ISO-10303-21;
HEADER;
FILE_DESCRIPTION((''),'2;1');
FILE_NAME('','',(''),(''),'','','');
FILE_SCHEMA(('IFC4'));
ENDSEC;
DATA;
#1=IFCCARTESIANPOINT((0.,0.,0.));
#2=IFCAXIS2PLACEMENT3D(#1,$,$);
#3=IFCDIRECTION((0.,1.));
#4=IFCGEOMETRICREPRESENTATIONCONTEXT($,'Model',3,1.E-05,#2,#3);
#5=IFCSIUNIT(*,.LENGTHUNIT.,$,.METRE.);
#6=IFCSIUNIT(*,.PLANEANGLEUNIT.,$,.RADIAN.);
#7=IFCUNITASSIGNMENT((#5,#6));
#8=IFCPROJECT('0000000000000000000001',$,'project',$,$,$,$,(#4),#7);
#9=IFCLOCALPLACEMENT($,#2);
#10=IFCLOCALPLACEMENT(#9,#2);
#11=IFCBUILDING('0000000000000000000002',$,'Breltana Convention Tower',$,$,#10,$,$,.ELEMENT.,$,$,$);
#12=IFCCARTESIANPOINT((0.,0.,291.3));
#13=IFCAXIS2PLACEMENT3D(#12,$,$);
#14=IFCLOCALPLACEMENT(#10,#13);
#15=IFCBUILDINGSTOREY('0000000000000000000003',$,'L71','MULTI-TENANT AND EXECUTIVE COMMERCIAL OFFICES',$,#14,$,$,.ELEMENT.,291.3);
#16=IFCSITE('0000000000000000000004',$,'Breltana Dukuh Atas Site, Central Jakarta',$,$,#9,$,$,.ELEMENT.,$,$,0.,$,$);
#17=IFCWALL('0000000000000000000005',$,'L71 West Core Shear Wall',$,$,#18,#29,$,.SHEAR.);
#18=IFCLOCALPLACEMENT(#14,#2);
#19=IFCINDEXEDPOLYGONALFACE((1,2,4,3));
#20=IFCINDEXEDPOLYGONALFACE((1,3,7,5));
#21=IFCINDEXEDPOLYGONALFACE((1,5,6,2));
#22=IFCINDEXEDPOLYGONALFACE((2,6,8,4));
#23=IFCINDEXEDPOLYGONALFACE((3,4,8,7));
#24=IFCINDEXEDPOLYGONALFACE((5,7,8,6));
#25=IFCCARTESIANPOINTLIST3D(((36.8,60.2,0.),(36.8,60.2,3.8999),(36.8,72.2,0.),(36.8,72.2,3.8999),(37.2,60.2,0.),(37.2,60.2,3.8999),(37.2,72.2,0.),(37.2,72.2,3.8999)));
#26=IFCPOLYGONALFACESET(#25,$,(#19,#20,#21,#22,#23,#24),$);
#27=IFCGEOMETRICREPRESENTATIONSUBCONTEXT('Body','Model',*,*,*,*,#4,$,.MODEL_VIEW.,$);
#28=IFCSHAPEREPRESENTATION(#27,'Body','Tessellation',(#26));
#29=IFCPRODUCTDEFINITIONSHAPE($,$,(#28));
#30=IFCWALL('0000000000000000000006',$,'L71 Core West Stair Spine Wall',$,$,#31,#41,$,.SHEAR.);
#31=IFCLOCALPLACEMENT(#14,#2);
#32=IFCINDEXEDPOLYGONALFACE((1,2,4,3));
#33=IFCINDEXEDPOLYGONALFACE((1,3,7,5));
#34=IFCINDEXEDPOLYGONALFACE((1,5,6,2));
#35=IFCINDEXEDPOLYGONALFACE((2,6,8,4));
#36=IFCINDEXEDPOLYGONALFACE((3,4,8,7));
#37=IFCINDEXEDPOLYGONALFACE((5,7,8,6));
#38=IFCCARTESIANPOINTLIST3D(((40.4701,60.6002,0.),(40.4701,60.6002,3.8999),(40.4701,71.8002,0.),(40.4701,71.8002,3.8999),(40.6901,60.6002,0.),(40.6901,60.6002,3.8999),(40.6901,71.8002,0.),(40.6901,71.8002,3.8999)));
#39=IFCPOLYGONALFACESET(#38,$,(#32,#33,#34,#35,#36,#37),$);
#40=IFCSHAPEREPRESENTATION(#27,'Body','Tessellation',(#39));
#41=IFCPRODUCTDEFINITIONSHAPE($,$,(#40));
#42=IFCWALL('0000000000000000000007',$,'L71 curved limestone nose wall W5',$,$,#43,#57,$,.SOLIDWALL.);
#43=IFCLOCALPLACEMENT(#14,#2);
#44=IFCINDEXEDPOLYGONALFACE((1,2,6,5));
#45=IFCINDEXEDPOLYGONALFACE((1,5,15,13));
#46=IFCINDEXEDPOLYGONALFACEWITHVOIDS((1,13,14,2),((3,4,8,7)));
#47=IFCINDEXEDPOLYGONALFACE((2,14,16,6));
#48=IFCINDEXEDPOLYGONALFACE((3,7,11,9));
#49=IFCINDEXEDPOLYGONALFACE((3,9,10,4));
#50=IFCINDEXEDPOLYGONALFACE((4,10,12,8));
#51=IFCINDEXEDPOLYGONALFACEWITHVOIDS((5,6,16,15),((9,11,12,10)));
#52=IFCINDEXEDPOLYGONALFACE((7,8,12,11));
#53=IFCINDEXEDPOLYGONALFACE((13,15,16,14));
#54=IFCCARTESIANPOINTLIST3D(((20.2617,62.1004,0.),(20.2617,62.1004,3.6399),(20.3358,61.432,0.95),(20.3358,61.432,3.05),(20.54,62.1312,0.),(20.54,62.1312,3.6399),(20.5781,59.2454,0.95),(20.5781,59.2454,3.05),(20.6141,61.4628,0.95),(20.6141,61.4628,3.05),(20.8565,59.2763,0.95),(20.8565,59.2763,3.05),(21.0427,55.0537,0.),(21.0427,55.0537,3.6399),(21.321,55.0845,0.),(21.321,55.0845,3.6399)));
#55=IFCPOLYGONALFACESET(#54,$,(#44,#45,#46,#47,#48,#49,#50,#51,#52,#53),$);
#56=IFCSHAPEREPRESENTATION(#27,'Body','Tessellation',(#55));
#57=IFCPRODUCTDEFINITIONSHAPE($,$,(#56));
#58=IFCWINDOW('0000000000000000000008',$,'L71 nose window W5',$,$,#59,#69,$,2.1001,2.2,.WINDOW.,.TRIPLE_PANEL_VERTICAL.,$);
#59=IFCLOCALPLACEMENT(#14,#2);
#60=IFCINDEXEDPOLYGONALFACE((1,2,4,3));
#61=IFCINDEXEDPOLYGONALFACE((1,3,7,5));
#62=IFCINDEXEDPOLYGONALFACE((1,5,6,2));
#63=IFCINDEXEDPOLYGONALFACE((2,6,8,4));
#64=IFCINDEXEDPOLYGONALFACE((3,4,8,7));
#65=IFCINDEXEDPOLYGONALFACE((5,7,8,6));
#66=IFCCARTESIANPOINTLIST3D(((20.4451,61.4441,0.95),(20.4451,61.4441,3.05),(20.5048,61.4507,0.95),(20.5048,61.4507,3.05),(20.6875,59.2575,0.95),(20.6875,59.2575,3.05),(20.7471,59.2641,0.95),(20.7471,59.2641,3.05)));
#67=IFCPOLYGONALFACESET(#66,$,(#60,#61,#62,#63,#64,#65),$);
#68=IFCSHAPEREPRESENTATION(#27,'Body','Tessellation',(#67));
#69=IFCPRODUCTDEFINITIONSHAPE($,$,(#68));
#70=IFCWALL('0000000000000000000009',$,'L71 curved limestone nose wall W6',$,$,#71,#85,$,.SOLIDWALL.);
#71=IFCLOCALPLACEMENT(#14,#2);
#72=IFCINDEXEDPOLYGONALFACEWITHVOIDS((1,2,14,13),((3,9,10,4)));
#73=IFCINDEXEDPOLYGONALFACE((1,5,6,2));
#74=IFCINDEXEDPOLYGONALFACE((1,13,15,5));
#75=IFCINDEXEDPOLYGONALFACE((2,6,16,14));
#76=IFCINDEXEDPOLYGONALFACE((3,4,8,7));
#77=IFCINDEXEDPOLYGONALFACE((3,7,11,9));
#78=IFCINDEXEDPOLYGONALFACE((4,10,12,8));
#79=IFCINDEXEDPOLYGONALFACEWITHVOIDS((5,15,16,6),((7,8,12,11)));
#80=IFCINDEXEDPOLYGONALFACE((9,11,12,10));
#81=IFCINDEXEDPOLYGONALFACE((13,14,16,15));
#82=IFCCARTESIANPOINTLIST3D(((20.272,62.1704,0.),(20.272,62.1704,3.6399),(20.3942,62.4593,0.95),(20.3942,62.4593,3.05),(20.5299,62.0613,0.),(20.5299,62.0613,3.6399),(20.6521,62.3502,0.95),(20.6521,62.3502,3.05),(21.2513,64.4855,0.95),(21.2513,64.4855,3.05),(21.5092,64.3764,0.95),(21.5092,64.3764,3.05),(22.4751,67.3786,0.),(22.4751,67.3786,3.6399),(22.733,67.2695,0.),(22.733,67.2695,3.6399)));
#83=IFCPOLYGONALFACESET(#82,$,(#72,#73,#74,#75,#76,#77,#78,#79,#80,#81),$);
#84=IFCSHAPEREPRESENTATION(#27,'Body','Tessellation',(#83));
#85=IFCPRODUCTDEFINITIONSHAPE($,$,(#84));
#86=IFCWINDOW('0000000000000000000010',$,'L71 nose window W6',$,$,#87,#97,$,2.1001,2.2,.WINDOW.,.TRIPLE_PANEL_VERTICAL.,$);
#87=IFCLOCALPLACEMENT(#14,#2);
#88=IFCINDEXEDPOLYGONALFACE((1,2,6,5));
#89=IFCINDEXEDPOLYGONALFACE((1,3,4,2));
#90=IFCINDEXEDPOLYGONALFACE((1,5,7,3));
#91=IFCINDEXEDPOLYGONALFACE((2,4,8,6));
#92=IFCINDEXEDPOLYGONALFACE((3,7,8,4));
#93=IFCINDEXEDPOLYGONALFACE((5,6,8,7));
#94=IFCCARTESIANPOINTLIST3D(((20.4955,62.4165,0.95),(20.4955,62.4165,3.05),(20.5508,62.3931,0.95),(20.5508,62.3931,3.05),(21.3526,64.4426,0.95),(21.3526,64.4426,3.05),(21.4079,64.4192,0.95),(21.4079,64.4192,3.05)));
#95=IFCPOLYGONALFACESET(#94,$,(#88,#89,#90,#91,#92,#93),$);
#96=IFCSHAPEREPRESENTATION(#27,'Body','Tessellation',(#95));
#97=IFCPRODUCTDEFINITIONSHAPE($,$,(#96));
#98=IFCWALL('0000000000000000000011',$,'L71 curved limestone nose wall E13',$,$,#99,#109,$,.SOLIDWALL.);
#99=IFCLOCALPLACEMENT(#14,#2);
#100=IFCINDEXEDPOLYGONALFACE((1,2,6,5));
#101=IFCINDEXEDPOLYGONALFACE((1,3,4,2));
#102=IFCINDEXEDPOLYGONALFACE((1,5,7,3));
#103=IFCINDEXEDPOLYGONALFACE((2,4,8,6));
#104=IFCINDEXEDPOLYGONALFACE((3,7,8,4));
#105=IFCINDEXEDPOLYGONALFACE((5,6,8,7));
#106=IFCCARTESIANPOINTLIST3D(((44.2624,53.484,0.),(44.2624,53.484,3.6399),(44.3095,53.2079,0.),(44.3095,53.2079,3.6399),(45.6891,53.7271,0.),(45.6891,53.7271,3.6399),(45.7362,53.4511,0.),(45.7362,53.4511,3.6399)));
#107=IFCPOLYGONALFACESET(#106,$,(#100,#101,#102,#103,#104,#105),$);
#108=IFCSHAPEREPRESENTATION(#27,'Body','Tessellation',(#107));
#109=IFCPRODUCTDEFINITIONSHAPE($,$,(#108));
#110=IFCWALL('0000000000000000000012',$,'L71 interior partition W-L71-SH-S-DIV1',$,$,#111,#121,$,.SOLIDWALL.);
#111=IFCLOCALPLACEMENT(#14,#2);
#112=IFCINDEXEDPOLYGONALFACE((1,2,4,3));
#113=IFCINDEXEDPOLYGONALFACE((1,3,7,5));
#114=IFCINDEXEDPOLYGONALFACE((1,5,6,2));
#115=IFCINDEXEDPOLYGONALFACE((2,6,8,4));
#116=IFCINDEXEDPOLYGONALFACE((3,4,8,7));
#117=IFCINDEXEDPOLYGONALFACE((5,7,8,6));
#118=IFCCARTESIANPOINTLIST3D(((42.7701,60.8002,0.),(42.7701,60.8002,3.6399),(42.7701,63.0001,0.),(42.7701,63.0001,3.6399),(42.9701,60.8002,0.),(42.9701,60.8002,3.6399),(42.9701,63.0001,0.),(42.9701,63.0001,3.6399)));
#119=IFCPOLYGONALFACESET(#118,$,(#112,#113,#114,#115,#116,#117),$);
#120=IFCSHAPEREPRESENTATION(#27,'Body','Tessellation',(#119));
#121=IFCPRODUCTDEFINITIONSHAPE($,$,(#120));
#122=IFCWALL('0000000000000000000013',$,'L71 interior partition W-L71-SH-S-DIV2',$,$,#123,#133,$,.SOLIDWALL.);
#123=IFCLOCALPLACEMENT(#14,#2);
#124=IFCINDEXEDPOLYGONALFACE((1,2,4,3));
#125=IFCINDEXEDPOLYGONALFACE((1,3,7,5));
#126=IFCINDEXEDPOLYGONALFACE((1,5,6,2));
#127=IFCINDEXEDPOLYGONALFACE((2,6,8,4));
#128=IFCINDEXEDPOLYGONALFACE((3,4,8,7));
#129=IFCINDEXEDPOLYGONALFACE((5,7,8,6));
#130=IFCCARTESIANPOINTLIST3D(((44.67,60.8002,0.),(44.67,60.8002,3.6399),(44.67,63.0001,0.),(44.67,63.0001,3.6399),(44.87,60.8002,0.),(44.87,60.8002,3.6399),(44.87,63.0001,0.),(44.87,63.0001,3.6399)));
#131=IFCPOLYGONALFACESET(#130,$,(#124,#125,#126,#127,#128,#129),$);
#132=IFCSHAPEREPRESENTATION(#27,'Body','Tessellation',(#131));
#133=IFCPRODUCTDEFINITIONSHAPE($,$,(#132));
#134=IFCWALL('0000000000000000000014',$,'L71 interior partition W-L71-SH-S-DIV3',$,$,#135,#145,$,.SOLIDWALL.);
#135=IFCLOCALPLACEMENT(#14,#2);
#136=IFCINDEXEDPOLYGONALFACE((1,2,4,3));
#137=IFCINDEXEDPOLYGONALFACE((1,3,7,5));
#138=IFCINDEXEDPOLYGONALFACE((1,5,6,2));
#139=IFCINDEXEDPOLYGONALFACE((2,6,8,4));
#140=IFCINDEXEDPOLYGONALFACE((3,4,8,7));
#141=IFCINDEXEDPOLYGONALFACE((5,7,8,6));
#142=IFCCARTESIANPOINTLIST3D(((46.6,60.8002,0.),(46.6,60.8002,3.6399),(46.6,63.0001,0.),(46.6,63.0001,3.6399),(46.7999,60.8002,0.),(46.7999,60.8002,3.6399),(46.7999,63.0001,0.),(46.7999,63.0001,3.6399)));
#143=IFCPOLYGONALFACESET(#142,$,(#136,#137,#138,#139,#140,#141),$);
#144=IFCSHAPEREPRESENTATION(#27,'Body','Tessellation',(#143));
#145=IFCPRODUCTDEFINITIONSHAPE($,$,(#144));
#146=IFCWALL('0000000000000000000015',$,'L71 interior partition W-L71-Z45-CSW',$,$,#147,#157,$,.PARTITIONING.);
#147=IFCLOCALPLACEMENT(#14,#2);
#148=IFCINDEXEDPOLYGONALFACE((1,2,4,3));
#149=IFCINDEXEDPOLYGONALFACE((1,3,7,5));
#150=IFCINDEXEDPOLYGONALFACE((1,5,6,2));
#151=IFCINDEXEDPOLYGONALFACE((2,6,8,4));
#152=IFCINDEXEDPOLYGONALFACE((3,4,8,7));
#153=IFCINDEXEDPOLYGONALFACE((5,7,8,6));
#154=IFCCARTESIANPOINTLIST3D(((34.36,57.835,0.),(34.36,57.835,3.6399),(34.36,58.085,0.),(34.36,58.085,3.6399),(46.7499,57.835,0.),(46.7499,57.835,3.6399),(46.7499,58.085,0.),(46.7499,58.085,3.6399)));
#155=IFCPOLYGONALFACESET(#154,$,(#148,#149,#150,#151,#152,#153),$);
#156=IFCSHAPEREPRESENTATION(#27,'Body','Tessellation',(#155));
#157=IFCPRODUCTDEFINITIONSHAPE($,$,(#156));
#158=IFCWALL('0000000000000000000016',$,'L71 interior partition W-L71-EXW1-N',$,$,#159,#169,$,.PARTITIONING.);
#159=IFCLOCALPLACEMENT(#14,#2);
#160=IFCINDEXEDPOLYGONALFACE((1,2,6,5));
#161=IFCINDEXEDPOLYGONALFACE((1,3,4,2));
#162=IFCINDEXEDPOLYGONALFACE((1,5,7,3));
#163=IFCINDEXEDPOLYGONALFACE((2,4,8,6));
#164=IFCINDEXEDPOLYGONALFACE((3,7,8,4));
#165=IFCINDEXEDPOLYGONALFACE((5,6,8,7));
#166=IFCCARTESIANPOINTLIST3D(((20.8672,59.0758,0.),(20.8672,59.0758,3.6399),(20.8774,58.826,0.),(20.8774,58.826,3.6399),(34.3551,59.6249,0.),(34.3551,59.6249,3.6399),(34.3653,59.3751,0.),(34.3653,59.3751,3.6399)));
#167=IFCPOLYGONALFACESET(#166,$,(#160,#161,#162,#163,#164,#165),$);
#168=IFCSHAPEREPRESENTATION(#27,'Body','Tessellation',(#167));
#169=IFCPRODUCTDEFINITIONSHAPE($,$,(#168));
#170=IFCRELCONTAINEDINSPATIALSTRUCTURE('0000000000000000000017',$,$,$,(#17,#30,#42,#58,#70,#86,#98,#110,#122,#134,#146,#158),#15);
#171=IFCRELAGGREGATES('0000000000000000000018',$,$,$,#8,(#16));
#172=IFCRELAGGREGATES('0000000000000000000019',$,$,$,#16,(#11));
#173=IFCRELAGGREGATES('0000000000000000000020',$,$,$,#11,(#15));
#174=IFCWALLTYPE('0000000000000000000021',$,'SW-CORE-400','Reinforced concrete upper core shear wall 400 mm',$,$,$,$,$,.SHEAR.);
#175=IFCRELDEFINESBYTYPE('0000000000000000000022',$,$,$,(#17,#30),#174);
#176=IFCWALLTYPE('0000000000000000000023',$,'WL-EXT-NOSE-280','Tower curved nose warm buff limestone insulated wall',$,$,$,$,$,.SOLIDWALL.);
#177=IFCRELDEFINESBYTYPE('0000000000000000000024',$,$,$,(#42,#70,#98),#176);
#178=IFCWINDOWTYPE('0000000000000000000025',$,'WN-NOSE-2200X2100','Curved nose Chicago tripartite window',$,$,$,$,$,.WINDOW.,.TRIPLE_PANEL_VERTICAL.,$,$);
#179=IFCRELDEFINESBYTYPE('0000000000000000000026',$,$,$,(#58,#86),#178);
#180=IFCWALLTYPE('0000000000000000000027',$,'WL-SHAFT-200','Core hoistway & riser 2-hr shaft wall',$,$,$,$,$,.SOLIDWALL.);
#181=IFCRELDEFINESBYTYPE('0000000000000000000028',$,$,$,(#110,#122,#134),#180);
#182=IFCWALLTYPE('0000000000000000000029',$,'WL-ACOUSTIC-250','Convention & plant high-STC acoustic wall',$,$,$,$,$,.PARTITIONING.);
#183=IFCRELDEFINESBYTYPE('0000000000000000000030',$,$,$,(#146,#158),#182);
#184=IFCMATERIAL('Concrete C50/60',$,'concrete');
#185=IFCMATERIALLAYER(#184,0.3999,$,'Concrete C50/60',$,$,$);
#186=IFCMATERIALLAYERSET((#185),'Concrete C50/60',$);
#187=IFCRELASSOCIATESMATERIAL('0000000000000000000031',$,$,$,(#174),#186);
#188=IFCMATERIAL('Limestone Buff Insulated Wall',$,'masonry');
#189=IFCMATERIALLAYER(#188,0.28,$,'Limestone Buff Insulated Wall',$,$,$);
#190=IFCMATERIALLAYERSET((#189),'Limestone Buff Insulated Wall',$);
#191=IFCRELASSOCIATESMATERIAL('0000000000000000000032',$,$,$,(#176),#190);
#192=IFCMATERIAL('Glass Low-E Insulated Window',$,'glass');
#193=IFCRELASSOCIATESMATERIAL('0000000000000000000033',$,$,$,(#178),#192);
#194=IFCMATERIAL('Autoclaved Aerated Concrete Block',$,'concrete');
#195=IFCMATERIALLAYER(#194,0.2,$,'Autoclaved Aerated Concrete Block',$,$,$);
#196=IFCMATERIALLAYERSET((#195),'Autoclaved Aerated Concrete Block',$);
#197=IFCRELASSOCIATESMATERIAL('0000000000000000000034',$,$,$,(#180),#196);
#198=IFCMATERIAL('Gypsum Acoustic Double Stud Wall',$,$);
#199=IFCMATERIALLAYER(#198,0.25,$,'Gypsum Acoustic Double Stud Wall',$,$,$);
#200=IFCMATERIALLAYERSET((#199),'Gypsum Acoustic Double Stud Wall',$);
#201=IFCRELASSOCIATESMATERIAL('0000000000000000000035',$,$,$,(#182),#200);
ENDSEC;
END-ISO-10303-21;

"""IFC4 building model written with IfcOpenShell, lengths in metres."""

from ifc_helpers import new_model, si_unit, direction, frame, frame_2d, origin, place, context, subcontext, project, spatial, rectangle, extrude, source, transform, mapped, material, layer, layer_set, type_object, type_shapes, element, fill, save


model = new_model("IFC4")

# Units and contexts
model_context = context("Model", 3, precision=1e-05, world=origin(), true_north=direction((0.0, 1.0)))
body_context = subcontext(model_context, "Body", "Model", "MODEL_VIEW")
ifc_project = project(units=[si_unit("LENGTHUNIT", "METRE"), si_unit("PLANEANGLEUNIT", "RADIAN")], contexts=[model_context])

# Site, building, storey
site_placement = place(None, origin())
site = spatial("IfcSite", under=ifc_project, at=site_placement, Name="Breltana Dukuh Atas Site, Central Jakarta", CompositionType="ELEMENT", RefElevation=0.0)
building_placement = place(site_placement, origin())
building = spatial("IfcBuilding", under=site, at=building_placement, Name="Breltana Convention Tower", CompositionType="ELEMENT")
storey_placement = place(building_placement, frame((0.0, 0.0, 291.3)))
storey = spatial("IfcBuildingStorey", under=building, at=storey_placement, Name="L71", Description="MULTI-TENANT AND EXECUTIVE COMMERCIAL OFFICES", CompositionType="ELEMENT", Elevation=291.3)

# Wall
ifc_material_1 = material(Name="Concrete C50/60", Category="concrete")
ifc_layer_1 = layer(ifc_material_1, 0.3999, Name="Concrete C50/60")
ifc_layer_set_1 = layer_set([ifc_layer_1], Name="Concrete C50/60")
wall_type_1 = type_object("IfcWallType", Name="SW-CORE-400", Description="Reinforced concrete upper core shear wall 400 mm", PredefinedType="SHEAR", material=ifc_layer_set_1)
shared_shape_1 = source(origin(), body_context, "Body", "SweptSolid", [
    extrude(rectangle(XDim=12.0, YDim=0.3999, at=frame_2d((6.0, 0.0))), origin(), (0.0, 0.0, 1.0), 3.8999),
])
wall_1_placement = place(storey_placement, frame((37.0, 60.2, 0.0), z_axis=(0.0, 0.0, 1.0), x_axis=(0.0, 1.0, 0.0)))
element("IfcWall", 1, at=wall_1_placement, inside=storey, type_object=wall_type_1, Name="L71 West Core Shear Wall", PredefinedType="SHEAR", context=body_context, shape_type="MappedRepresentation", body=[
    mapped(shared_shape_1, transform((0.0, 0.0, 0.0), scale=1.0)),
])

# Wall
shared_shape_2 = source(origin(), body_context, "Body", "SweptSolid", [
    extrude(rectangle(XDim=11.2, YDim=0.22, at=frame_2d((5.6001, 0.0))), origin(), (0.0, 0.0, 1.0), 3.8999),
])
wall_2_placement = place(storey_placement, frame((40.5801, 60.6001, 0.0), z_axis=(0.0, 0.0, 1.0), x_axis=(0.0, 1.0, 0.0)))
element("IfcWall", 2, at=wall_2_placement, inside=storey, type_object=wall_type_1, Name="L71 Core West Stair Spine Wall", PredefinedType="SHEAR", context=body_context, shape_type="MappedRepresentation", body=[
    mapped(shared_shape_2, transform((0.0, 0.0, 0.0), scale=1.0)),
])

# Walls, openings, windows
ifc_material_2 = material(Name="Limestone Buff Insulated Wall", Category="masonry")
ifc_layer_2 = layer(ifc_material_2, 0.28, Name="Limestone Buff Insulated Wall")
ifc_layer_set_2 = layer_set([ifc_layer_2], Name="Limestone Buff Insulated Wall")
wall_type_2 = type_object("IfcWallType", Name="WL-EXT-NOSE-280", Description="Tower curved nose warm buff limestone insulated wall", PredefinedType="SOLIDWALL", material=ifc_layer_set_2)
shared_shape_3 = source(origin(), body_context, "Body", "SweptSolid", [
    extrude(rectangle(XDim=7.0898, YDim=0.28, at=frame_2d((3.5449, 0.0))), origin(), (0.0, 0.0, 1.0), 3.6399),
])
wall_3_placement = place(storey_placement, frame((21.1819, 55.0691, 0.0), z_axis=(0.0, 0.0, 1.0), x_axis=(-0.110159, 0.993914, 0.0)))
wall_3 = element("IfcWall", 3, at=wall_3_placement, inside=storey, type_object=wall_type_2, Name="L71 curved limestone nose wall W5", PredefinedType="SOLIDWALL", context=body_context, shape_type="MappedRepresentation", body=[
    mapped(shared_shape_3, transform((0.0, 0.0, 0.0), scale=1.0)),
])
opening_1_placement = place(wall_3_placement, frame((4.2173, 0.0, 0.95)))
opening_1 = element("IfcOpeningElement", 4, at=opening_1_placement, cuts=wall_3, PredefinedType="OPENING", context=body_context, shape_type="SweptSolid", body=[
    extrude(rectangle(XDim=2.2, YDim=2.1001, at=frame_2d((1.1001, 1.05))), frame((0.0, 0.1499, 0.0), z_axis=(0.0, -1.0, 0.0), x_axis=(1.0, 0.0, 0.0)), (0.0, 0.0, 1.0), 0.3),
])
ifc_material_3 = material(Name="Glass Low-E Insulated Window", Category="glass")
window_type = type_object("IfcWindowType", Name="WN-NOSE-2200X2100", Description="Curved nose Chicago tripartite window", PartitioningType="TRIPLE_PANEL_VERTICAL", PredefinedType="WINDOW", material=ifc_material_3)
shared_shape_4 = source(origin(), body_context, "Body", "SweptSolid", [
    extrude(rectangle(XDim=2.2, YDim=2.1001, at=frame_2d((1.1001, 1.05))), frame((0.0, 0.03, 0.0), z_axis=(0.0, -1.0, 0.0), x_axis=(1.0, 0.0, 0.0)), (0.0, 0.0, 1.0), 0.0601),
])
type_shapes(window_type, [shared_shape_4])
window_1_placement = place(opening_1_placement, origin())
window_1 = element("IfcWindow", 5, at=window_1_placement, inside=storey, type_object=window_type, Name="L71 nose window W5", OverallHeight=2.1001, OverallWidth=2.2, PartitioningType="TRIPLE_PANEL_VERTICAL", PredefinedType="WINDOW", context=body_context, shape_type="MappedRepresentation", body=[
    mapped(shared_shape_4, transform((0.0, 0.0, 0.0), scale=1.0)),
])
fill(opening_1, window_1)
shared_shape_5 = source(origin(), body_context, "Body", "SweptSolid", [
    extrude(rectangle(XDim=5.655, YDim=0.28, at=frame_2d((2.8276, 0.0))), origin(), (0.0, 0.0, 1.0), 3.6399),
])
wall_4_placement = place(storey_placement, frame((20.4009, 62.1157, 0.0), z_axis=(0.0, 0.0, 1.0), x_axis=(0.389585, 0.92099, 0.0)))
wall_4 = element("IfcWall", 6, at=wall_4_placement, inside=storey, type_object=wall_type_2, Name="L71 curved limestone nose wall W6", PredefinedType="SOLIDWALL", context=body_context, shape_type="MappedRepresentation", body=[
    mapped(shared_shape_5, transform((0.0, 0.0, 0.0), scale=1.0)),
])
opening_2_placement = place(wall_4_placement, frame((0.3137, 0.0, 0.95)))
opening_2 = element("IfcOpeningElement", 7, at=opening_2_placement, cuts=wall_4, PredefinedType="OPENING", context=body_context, shape_type="SweptSolid", body=[
    extrude(rectangle(XDim=2.2, YDim=2.1001, at=frame_2d((1.1001, 1.05))), frame((0.0, 0.1499, 0.0), z_axis=(0.0, -1.0, 0.0), x_axis=(1.0, 0.0, 0.0)), (0.0, 0.0, 1.0), 0.3),
])
window_2_placement = place(opening_2_placement, origin())
window_2 = element("IfcWindow", 8, at=window_2_placement, inside=storey, type_object=window_type, Name="L71 nose window W6", OverallHeight=2.1001, OverallWidth=2.2, PartitioningType="TRIPLE_PANEL_VERTICAL", PredefinedType="WINDOW", context=body_context, shape_type="MappedRepresentation", body=[
    mapped(shared_shape_4, transform((0.0, 0.0, 0.0), scale=1.0)),
])
fill(opening_2, window_2)

# Walls
shared_shape_6 = source(origin(), body_context, "Body", "SweptSolid", [
    extrude(rectangle(XDim=1.4473, YDim=0.28, at=frame_2d((0.7236, 0.0))), origin(), (0.0, 0.0, 1.0), 3.6399),
])
wall_5_placement = place(storey_placement, frame((45.7126, 53.5891, 0.0), z_axis=(0.0, 0.0, 1.0), x_axis=(-0.985786, -0.168009, 0.0)))
element("IfcWall", 9, at=wall_5_placement, inside=storey, type_object=wall_type_2, Name="L71 curved limestone nose wall E13", PredefinedType="SOLIDWALL", context=body_context, shape_type="MappedRepresentation", body=[
    mapped(shared_shape_6, transform((0.0, 0.0, 0.0), scale=1.0)),
])
ifc_material_4 = material(Name="Autoclaved Aerated Concrete Block", Category="concrete")
ifc_layer_3 = layer(ifc_material_4, 0.2, Name="Autoclaved Aerated Concrete Block")
ifc_layer_set_3 = layer_set([ifc_layer_3], Name="Autoclaved Aerated Concrete Block")
wall_type_3 = type_object("IfcWallType", Name="WL-SHAFT-200", Description="Core hoistway & riser 2-hr shaft wall", PredefinedType="SOLIDWALL", material=ifc_layer_set_3)
shared_shape_7 = source(origin(), body_context, "Body", "SweptSolid", [
    extrude(rectangle(XDim=2.2, YDim=0.2, at=frame_2d((1.1001, 0.0))), origin(), (0.0, 0.0, 1.0), 3.6399),
])
for number, where, z_axis, x_axis, name in (
    (10, (42.8701, 60.8, 0.0), (0.0, 0.0, 1.0), (0.0, 1.0, 0.0), "L71 interior partition W-L71-SH-S-DIV1"),
    (11, (44.77, 60.8, 0.0), (0.0, 0.0, 1.0), (0.0, 1.0, 0.0), "L71 interior partition W-L71-SH-S-DIV2"),
    (12, (46.7, 60.8, 0.0), (0.0, 0.0, 1.0), (0.0, 1.0, 0.0), "L71 interior partition W-L71-SH-S-DIV3"),
):
    element("IfcWall", number, at=place(storey_placement, frame(where, z_axis=z_axis, x_axis=x_axis)), inside=storey, type_object=wall_type_3, Name=name, PredefinedType="SOLIDWALL", context=body_context, shape_type="MappedRepresentation", body=[
        mapped(shared_shape_7, transform((0.0, 0.0, 0.0), scale=1.0)),
    ])
ifc_material_5 = material(Name="Gypsum Acoustic Double Stud Wall")
ifc_layer_4 = layer(ifc_material_5, 0.25, Name="Gypsum Acoustic Double Stud Wall")
ifc_layer_set_4 = layer_set([ifc_layer_4], Name="Gypsum Acoustic Double Stud Wall")
wall_type_4 = type_object("IfcWallType", Name="WL-ACOUSTIC-250", Description="Convention & plant high-STC acoustic wall", PredefinedType="PARTITIONING", material=ifc_layer_set_4)
shared_shape_8 = source(origin(), body_context, "Body", "SweptSolid", [
    extrude(rectangle(XDim=12.3899, YDim=0.25, at=frame_2d((6.1948, 0.0))), origin(), (0.0, 0.0, 1.0), 3.6399),
])
wall_6_placement = place(storey_placement, frame((34.3601, 57.96, 0.0), z_axis=(0.0, 0.0, 1.0), x_axis=(1.0, 0.0, 0.0)))
element("IfcWall", 13, at=wall_6_placement, inside=storey, type_object=wall_type_4, Name="L71 interior partition W-L71-Z45-CSW", PredefinedType="PARTITIONING", context=body_context, shape_type="MappedRepresentation", body=[
    mapped(shared_shape_8, transform((0.0, 0.0, 0.0), scale=1.0)),
])
shared_shape_9 = source(origin(), body_context, "Body", "SweptSolid", [
    extrude(rectangle(XDim=13.499, YDim=0.25, at=frame_2d((6.7495, 0.0))), origin(), (0.0, 0.0, 1.0), 3.6399),
])
wall_7_placement = place(storey_placement, frame((20.8723, 58.9509, 0.0), z_axis=(0.0, 0.0, 1.0), x_axis=(0.999172, 0.040675, 0.0)))
element("IfcWall", 14, at=wall_7_placement, inside=storey, type_object=wall_type_4, Name="L71 interior partition W-L71-EXW1-N", PredefinedType="PARTITIONING", context=body_context, shape_type="MappedRepresentation", body=[
    mapped(shared_shape_9, transform((0.0, 0.0, 0.0), scale=1.0)),
])

save(model, "model.ifc")
